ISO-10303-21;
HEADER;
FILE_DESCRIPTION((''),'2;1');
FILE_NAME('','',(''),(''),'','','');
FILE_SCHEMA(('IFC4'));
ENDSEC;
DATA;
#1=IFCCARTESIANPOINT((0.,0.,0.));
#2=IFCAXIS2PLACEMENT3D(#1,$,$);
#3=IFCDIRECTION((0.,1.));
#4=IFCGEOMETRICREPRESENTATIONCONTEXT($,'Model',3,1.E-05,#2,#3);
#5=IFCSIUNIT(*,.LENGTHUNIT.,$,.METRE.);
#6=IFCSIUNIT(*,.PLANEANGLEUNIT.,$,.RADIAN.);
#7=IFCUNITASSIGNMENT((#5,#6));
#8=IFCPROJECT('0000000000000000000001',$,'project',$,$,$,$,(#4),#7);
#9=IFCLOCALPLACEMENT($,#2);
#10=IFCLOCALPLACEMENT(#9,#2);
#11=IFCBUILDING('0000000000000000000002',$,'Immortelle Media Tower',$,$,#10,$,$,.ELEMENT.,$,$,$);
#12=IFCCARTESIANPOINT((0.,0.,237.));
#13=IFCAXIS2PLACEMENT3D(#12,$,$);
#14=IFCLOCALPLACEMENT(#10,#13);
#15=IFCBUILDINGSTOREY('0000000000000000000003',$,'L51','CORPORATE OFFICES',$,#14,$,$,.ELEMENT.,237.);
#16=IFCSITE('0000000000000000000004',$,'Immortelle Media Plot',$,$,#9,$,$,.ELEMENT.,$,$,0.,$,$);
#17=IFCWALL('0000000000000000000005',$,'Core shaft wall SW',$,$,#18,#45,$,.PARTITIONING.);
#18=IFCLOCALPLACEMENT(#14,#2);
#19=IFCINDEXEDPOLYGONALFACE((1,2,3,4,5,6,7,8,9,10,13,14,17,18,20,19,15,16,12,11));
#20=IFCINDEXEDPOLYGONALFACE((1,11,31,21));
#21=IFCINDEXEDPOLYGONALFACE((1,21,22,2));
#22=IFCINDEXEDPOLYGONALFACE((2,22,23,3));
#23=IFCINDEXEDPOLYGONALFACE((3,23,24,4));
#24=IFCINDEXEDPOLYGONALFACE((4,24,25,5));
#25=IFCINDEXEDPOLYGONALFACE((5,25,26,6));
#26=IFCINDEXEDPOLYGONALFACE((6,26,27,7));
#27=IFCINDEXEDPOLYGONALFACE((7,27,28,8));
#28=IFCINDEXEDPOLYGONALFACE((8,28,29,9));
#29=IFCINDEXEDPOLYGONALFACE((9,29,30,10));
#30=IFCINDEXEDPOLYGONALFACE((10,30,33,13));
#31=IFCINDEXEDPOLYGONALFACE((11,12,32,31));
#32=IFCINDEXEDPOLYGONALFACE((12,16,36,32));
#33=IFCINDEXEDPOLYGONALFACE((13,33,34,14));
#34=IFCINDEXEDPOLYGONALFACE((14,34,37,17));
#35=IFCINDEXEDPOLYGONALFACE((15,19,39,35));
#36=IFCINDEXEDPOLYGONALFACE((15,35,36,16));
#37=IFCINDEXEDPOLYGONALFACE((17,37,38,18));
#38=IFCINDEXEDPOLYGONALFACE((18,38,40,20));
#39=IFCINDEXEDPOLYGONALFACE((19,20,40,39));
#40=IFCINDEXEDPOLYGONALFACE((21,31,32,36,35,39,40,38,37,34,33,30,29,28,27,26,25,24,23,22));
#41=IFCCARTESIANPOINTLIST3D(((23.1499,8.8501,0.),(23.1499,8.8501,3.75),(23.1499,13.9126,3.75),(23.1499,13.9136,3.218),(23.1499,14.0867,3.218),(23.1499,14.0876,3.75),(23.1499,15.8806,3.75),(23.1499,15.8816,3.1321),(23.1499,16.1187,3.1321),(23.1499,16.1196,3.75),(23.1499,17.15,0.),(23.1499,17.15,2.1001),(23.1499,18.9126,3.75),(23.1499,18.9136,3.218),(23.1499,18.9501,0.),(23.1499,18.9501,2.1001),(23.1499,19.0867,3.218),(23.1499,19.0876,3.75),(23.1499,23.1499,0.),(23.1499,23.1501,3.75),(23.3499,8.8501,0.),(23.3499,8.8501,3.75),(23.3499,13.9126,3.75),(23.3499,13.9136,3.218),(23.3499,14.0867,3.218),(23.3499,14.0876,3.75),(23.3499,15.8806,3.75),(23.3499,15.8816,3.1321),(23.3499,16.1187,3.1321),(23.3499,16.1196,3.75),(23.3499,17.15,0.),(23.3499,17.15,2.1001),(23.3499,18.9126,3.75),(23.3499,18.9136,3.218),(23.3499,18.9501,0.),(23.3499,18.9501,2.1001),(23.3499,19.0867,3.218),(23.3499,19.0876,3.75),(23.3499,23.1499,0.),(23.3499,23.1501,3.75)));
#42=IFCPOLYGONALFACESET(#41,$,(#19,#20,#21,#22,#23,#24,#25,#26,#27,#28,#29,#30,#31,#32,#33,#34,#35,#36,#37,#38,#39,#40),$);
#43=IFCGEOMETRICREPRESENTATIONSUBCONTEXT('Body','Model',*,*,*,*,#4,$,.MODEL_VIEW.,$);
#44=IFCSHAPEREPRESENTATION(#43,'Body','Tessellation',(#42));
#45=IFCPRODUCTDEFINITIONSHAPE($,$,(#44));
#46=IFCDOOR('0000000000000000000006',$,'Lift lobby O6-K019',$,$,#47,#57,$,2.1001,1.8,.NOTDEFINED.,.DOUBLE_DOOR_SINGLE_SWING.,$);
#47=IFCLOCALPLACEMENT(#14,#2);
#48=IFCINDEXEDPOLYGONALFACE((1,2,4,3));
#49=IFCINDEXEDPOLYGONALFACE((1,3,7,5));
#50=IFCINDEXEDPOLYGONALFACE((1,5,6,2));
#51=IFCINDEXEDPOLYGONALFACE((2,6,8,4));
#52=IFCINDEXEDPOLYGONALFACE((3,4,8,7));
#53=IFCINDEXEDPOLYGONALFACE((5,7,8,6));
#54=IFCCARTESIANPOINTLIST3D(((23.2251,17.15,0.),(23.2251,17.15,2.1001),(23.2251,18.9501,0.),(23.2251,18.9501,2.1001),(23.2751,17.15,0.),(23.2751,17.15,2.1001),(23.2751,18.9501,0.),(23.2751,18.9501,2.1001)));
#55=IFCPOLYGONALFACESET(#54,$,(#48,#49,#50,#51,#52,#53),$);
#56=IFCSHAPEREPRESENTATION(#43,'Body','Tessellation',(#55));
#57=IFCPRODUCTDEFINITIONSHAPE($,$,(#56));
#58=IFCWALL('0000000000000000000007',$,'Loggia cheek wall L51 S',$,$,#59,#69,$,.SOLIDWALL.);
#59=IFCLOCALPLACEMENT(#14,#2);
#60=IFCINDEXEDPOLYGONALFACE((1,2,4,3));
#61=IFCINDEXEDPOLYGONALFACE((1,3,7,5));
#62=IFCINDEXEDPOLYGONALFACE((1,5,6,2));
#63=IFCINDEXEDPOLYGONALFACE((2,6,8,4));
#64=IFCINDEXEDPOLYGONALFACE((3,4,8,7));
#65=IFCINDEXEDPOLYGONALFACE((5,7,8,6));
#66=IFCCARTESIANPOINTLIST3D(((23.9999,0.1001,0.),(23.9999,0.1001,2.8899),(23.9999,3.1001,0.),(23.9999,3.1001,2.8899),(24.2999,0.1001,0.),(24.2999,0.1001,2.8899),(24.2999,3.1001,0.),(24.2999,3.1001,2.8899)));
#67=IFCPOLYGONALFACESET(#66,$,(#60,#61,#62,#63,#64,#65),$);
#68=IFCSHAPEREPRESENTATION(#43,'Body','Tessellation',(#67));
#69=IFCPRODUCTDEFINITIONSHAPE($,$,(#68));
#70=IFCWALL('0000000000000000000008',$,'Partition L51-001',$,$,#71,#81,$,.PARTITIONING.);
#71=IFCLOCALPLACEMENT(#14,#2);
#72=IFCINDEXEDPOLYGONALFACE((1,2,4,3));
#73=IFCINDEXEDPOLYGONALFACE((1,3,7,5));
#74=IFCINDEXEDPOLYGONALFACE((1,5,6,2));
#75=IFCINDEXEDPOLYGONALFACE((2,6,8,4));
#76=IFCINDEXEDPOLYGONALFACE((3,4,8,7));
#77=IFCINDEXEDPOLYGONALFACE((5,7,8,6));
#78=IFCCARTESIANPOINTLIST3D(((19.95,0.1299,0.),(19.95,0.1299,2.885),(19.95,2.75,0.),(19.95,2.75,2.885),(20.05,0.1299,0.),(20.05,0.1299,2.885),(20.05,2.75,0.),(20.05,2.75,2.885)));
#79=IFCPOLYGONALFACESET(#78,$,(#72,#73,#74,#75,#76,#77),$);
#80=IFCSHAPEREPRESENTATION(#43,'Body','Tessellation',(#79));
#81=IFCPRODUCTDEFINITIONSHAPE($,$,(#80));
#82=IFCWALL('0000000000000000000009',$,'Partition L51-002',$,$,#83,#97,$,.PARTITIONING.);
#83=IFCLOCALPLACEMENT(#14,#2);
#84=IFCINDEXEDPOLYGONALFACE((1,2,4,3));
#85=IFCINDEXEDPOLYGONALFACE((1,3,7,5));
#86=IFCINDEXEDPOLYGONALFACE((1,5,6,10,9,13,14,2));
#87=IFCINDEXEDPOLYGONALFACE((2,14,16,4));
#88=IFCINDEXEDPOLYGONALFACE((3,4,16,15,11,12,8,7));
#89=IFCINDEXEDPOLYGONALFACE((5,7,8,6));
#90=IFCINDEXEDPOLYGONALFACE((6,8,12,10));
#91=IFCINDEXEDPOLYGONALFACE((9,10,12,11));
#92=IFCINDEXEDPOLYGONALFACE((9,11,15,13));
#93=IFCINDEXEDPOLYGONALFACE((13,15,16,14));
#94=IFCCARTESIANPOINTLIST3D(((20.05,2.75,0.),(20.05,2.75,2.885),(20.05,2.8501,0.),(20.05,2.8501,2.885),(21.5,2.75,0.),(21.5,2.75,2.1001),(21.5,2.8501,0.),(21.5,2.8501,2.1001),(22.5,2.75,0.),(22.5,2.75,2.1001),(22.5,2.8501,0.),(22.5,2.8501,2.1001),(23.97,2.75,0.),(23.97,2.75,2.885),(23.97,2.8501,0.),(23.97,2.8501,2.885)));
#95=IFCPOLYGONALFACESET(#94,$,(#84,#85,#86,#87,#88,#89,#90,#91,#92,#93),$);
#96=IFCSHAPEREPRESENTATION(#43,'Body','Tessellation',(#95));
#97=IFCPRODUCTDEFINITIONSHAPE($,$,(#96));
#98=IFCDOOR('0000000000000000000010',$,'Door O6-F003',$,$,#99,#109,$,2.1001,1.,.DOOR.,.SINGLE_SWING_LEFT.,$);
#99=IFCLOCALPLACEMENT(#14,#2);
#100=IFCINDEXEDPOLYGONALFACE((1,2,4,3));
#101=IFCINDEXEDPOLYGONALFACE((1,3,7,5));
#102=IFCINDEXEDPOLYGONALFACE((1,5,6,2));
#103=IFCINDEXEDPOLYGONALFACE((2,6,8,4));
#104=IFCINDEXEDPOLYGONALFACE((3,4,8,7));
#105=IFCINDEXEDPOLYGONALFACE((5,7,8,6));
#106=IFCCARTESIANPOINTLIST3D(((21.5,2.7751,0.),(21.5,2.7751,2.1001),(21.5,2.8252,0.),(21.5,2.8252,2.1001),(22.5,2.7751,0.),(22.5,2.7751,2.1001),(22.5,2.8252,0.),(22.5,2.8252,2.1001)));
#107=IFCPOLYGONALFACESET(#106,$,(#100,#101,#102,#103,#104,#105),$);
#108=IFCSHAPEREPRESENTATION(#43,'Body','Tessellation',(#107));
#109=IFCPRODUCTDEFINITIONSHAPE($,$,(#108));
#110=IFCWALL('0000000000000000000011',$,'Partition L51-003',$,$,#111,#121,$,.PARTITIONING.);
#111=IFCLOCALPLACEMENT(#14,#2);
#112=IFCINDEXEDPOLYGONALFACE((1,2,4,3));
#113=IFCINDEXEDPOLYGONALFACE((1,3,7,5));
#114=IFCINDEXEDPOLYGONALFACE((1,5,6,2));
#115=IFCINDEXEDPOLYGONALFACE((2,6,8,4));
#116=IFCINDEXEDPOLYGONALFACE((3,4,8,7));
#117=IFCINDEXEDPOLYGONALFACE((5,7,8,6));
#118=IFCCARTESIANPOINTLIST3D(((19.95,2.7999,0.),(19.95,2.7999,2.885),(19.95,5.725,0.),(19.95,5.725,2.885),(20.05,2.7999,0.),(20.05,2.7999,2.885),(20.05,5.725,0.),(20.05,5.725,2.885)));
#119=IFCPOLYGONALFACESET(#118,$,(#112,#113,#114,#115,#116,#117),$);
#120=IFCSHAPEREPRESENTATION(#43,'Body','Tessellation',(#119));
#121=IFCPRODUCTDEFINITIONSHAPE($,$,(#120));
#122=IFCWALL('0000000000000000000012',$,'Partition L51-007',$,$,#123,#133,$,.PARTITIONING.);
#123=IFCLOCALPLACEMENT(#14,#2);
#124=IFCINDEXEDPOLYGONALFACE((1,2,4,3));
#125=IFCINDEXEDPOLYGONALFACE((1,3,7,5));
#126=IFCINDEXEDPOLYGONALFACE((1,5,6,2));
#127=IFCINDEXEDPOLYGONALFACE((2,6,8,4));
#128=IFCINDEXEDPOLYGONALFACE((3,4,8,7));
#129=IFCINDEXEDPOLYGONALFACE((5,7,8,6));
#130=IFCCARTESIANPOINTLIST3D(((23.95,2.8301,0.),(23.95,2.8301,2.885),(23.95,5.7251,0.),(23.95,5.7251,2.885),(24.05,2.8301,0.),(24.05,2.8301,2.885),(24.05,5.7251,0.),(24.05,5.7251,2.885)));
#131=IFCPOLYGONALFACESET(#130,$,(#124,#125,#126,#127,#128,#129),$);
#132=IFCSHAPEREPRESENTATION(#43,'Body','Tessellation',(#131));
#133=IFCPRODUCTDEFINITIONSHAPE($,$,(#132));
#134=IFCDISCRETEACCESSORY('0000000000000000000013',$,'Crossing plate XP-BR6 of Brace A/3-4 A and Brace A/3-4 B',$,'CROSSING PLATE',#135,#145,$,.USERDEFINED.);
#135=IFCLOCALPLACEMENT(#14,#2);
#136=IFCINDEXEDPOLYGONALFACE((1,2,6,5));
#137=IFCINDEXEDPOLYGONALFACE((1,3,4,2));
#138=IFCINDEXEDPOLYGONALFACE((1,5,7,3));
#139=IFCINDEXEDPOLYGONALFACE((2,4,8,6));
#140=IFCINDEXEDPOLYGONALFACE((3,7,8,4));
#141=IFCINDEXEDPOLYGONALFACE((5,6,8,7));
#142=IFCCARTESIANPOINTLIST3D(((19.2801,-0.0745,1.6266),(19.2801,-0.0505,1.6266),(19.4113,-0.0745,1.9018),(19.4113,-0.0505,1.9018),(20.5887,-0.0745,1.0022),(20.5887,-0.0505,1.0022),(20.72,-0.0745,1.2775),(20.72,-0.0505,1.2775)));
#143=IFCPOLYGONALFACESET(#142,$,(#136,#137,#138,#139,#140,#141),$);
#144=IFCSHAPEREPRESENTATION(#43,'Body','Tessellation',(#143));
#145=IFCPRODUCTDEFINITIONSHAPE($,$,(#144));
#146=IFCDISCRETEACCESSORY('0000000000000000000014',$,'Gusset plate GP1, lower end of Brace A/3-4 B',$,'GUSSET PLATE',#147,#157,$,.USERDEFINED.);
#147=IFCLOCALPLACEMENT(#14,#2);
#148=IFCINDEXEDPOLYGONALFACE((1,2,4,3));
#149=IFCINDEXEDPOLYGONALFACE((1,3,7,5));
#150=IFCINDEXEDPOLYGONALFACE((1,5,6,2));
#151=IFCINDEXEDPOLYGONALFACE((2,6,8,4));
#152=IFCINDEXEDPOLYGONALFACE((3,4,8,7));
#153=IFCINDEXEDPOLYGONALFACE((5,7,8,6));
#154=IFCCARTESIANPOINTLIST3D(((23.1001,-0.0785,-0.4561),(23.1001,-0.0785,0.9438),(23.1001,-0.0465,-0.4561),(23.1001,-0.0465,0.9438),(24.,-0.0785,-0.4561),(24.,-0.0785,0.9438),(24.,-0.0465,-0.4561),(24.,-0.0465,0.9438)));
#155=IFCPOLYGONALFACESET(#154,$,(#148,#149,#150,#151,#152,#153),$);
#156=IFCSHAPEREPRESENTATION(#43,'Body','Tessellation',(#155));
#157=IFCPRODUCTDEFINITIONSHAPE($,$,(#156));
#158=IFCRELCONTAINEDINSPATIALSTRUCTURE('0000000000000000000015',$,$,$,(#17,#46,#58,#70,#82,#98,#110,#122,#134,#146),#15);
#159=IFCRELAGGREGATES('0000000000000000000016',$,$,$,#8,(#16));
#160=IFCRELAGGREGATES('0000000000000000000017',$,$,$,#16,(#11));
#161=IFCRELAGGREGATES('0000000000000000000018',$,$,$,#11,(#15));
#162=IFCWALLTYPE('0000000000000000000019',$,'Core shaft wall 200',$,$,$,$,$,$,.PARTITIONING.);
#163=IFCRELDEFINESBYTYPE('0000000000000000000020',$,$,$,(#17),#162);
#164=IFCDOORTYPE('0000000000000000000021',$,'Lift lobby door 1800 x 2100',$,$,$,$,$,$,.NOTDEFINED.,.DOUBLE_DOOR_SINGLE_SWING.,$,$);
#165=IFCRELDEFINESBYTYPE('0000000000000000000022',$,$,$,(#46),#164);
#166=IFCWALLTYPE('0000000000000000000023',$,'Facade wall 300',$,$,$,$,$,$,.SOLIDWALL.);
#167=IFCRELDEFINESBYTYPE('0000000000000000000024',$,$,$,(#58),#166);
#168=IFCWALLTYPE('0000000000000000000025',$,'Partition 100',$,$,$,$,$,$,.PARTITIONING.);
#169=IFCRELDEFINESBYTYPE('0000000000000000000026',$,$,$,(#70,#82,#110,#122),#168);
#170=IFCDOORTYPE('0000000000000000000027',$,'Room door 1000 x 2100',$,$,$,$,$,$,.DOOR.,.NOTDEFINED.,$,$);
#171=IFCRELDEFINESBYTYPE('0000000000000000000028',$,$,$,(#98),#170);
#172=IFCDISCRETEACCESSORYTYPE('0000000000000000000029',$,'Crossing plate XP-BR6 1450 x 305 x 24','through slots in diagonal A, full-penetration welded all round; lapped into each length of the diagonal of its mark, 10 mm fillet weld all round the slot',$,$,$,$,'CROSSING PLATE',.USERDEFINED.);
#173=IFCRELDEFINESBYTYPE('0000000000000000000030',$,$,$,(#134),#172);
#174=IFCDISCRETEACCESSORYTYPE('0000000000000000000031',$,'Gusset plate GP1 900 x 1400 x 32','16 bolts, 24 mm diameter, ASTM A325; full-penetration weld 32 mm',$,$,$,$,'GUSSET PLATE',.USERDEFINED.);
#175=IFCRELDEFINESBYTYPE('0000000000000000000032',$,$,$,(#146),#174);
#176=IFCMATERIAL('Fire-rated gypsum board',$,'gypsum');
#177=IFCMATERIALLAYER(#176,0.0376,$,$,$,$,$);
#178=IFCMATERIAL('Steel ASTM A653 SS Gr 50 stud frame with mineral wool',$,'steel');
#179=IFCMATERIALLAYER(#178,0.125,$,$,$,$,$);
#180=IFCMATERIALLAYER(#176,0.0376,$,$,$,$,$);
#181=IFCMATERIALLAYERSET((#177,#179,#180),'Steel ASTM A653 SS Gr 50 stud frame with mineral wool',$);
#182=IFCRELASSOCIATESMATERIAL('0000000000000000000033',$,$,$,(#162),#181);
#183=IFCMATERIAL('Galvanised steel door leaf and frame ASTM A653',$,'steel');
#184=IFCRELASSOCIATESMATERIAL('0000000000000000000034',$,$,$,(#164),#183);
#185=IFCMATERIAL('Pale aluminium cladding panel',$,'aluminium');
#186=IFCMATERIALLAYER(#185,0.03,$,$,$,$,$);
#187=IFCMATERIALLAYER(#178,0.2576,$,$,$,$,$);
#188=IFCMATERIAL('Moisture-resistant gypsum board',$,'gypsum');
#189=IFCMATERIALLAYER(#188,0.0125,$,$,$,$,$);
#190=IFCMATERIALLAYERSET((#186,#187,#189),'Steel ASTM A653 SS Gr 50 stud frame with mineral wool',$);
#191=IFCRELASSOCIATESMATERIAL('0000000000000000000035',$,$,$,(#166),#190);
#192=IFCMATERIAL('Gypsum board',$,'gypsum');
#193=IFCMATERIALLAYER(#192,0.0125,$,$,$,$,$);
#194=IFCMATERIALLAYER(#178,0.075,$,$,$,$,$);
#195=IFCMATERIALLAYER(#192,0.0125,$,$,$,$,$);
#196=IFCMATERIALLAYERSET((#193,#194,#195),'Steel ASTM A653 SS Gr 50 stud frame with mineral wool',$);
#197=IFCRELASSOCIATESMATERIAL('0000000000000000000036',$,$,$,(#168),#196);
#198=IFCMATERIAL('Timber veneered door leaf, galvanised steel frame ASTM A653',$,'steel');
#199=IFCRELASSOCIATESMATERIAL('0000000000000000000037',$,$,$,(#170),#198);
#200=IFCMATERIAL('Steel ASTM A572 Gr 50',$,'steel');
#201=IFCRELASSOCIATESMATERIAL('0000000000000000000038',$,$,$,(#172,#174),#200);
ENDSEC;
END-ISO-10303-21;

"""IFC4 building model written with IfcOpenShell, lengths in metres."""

from ifc_helpers import new_model, si_unit, direction, frame, frame_2d, origin, origin_2d, place, context, subcontext, project, spatial, polyline, rectangle, outline, extrude, material, layer, layer_set, material_profile, profile_set, type_object, element, fill, save


model = new_model("IFC4")

# Units and contexts
model_context = context("Model", 3, precision=1e-05, world=origin(), true_north=direction((0.0, 1.0)))
body_context = subcontext(model_context, "Body", "Model", "MODEL_VIEW")
ifc_project = project(units=[si_unit("LENGTHUNIT", "METRE"), si_unit("PLANEANGLEUNIT", "RADIAN")], contexts=[model_context])

# Site, building, storey
site_placement = place(None, origin())
site = spatial("IfcSite", under=ifc_project, at=site_placement, Name="Immortelle Media Plot", CompositionType="ELEMENT", RefElevation=0.0)
building_placement = place(site_placement, origin())
building = spatial("IfcBuilding", under=site, at=building_placement, Name="Immortelle Media Tower", CompositionType="ELEMENT")
storey_placement = place(building_placement, frame((0.0, 0.0, 237.0)))
storey = spatial("IfcBuildingStorey", under=building, at=storey_placement, Name="L51", Description="CORPORATE OFFICES", CompositionType="ELEMENT", Elevation=237.0)

# Shared definitions
ifc_material_1 = material(Name="Fire-rated gypsum board", Category="gypsum")
ifc_layer_1 = layer(ifc_material_1, 0.0376)
ifc_material_2 = material(Name="Steel ASTM A653 SS Gr 50 stud frame with mineral wool", Category="steel")
ifc_layer_2 = layer(ifc_material_2, 0.125)
ifc_layer_3 = layer(ifc_material_1, 0.0376)
ifc_layer_set_1 = layer_set([ifc_layer_1, ifc_layer_2, ifc_layer_3], Name="Steel ASTM A653 SS Gr 50 stud frame with mineral wool")
wall_type_1 = type_object("IfcWallType", Name="Core shaft wall 200", PredefinedType="PARTITIONING", material=ifc_layer_set_1)

# Wall, opening, door
wall_1_placement = place(storey_placement, frame((23.25, 8.8501, 0.0), z_axis=(0.0, 0.0, 1.0), x_axis=(0.0, 1.0, 0.0)))
wall_1 = element("IfcWall", 1, at=wall_1_placement, inside=storey, type_object=wall_type_1, Name="Core shaft wall SW", PredefinedType="PARTITIONING", context=body_context, shape_type="SweptSolid", body=[
    extrude(outline(polyline([(0.0, 0.0), (14.2998, 0.0), (14.3, 3.75), (10.2375, 3.75), (10.2366, 3.218), (10.0635, 3.218), (10.0625, 3.75), (7.2695, 3.75), (7.2686, 3.1321), (7.0315, 3.1321), (7.0305, 3.75), (5.2375, 3.75), (5.2366, 3.218), (5.0635, 3.218), (5.0625, 3.75), (0.0, 3.75), (0.0, 0.0)])), frame((0.0, 0.1001, 0.0), z_axis=(0.0, -1.0, 0.0), x_axis=(1.0, 0.0, 0.0)), (0.0, 0.0, 1.0), 0.2),
])
opening_1_placement = place(wall_1_placement, frame((8.3, 0.0, 0.0)))
opening_1 = element("IfcOpeningElement", 2, at=opening_1_placement, cuts=wall_1, PredefinedType="OPENING", context=body_context, shape_type="SweptSolid", body=[
    extrude(rectangle(XDim=1.8, YDim=2.1001, at=frame_2d((0.8999, 1.05))), frame((0.0, 0.1099, 0.0), z_axis=(0.0, -1.0, 0.0), x_axis=(1.0, 0.0, 0.0)), (0.0, 0.0, 1.0), 0.22),
])
ifc_material_3 = material(Name="Galvanised steel door leaf and frame ASTM A653", Category="steel")
door_type_1 = type_object("IfcDoorType", Name="Lift lobby door 1800 x 2100", OperationType="DOUBLE_DOOR_SINGLE_SWING", PredefinedType="NOTDEFINED", material=ifc_material_3)
door_1_placement = place(opening_1_placement, origin())
door_1 = element("IfcDoor", 3, at=door_1_placement, inside=storey, type_object=door_type_1, Name="Lift lobby O6-K019", OperationType="DOUBLE_DOOR_SINGLE_SWING", OverallHeight=2.1001, OverallWidth=1.8, PredefinedType="NOTDEFINED", context=body_context, shape_type="SweptSolid", body=[
    extrude(rectangle(XDim=1.8, YDim=2.1001, at=frame_2d((0.8999, 1.05))), frame((0.0, 0.0249, 0.0), z_axis=(0.0, -1.0, 0.0), x_axis=(1.0, 0.0, 0.0)), (0.0, 0.0, 1.0), 0.05),
])
fill(opening_1, door_1)

# Shared definitions
ifc_material_4 = material(Name="Pale aluminium cladding panel", Category="aluminium")
ifc_layer_4 = layer(ifc_material_4, 0.03)
ifc_layer_5 = layer(ifc_material_2, 0.2576)
ifc_material_5 = material(Name="Moisture-resistant gypsum board", Category="gypsum")
ifc_layer_6 = layer(ifc_material_5, 0.0125)
ifc_layer_set_2 = layer_set([ifc_layer_4, ifc_layer_5, ifc_layer_6], Name="Steel ASTM A653 SS Gr 50 stud frame with mineral wool")
wall_type_2 = type_object("IfcWallType", Name="Facade wall 300", PredefinedType="SOLIDWALL", material=ifc_layer_set_2)

# Walls
wall_2_placement = place(storey_placement, frame((24.1499, 0.1001, 0.0), z_axis=(0.0, 0.0, 1.0), x_axis=(0.0, 1.0, 0.0)))
element("IfcWall", 4, at=wall_2_placement, inside=storey, type_object=wall_type_2, Name="Loggia cheek wall L51 S", PredefinedType="SOLIDWALL", context=body_context, shape_type="SweptSolid", body=[
    extrude(rectangle(XDim=3.0, YDim=0.3, at=frame_2d((1.5, 0.0))), origin(), (0.0, 0.0, 1.0), 2.8899),
])
ifc_material_6 = material(Name="Gypsum board", Category="gypsum")
ifc_layer_7 = layer(ifc_material_6, 0.0125)
ifc_layer_8 = layer(ifc_material_2, 0.075)
ifc_layer_9 = layer(ifc_material_6, 0.0125)
ifc_layer_set_3 = layer_set([ifc_layer_7, ifc_layer_8, ifc_layer_9], Name="Steel ASTM A653 SS Gr 50 stud frame with mineral wool")
wall_type_3 = type_object("IfcWallType", Name="Partition 100", PredefinedType="PARTITIONING", material=ifc_layer_set_3)
wall_3_placement = place(storey_placement, frame((20.0, 0.1299, 0.0), z_axis=(0.0, 0.0, 1.0), x_axis=(0.0, 1.0, 0.0)))
element("IfcWall", 5, at=wall_3_placement, inside=storey, type_object=wall_type_3, Name="Partition L51-001", PredefinedType="PARTITIONING", context=body_context, shape_type="SweptSolid", body=[
    extrude(rectangle(XDim=2.6201, YDim=0.1001, at=frame_2d((1.3101, 0.0))), origin(), (0.0, 0.0, 1.0), 2.885),
])

# Wall, opening, door
wall_4_placement = place(storey_placement, frame((20.05, 2.8, 0.0), z_axis=(0.0, 0.0, 1.0), x_axis=(1.0, 0.0, 0.0)))
wall_4 = element("IfcWall", 6, at=wall_4_placement, inside=storey, type_object=wall_type_3, Name="Partition L51-002", PredefinedType="PARTITIONING", context=body_context, shape_type="SweptSolid", body=[
    extrude(rectangle(XDim=3.9199, YDim=0.1001, at=frame_2d((1.96, 0.0))), origin(), (0.0, 0.0, 1.0), 2.885),
])
opening_2_placement = place(wall_4_placement, frame((2.45, 0.0, 0.0), z_axis=(0.0, 0.0, 1.0), x_axis=(-1.0, 0.0, 0.0)))
opening_2 = element("IfcOpeningElement", 7, at=opening_2_placement, cuts=wall_4, PredefinedType="OPENING", context=body_context, shape_type="SweptSolid", body=[
    extrude(rectangle(XDim=1.0, YDim=2.1001, at=frame_2d((0.5, 1.05))), frame((0.0, 0.0601, 0.0), z_axis=(0.0, -1.0, 0.0), x_axis=(1.0, 0.0, 0.0)), (0.0, 0.0, 1.0), 0.1201),
])
ifc_material_7 = material(Name="Timber veneered door leaf, galvanised steel frame ASTM A653", Category="steel")
door_type_2 = type_object("IfcDoorType", Name="Room door 1000 x 2100", OperationType="NOTDEFINED", PredefinedType="DOOR", material=ifc_material_7)
door_2_placement = place(opening_2_placement, origin())
door_2 = element("IfcDoor", 8, at=door_2_placement, inside=storey, type_object=door_type_2, Name="Door O6-F003", OperationType="SINGLE_SWING_LEFT", OverallHeight=2.1001, OverallWidth=1.0, PredefinedType="DOOR", context=body_context, shape_type="SweptSolid", body=[
    extrude(rectangle(XDim=1.0, YDim=2.1001, at=frame_2d((0.5, 1.05))), frame((0.0, 0.0249, 0.0), z_axis=(0.0, -1.0, 0.0), x_axis=(1.0, 0.0, 0.0)), (0.0, 0.0, 1.0), 0.05),
])
fill(opening_2, door_2)

# Walls
wall_5_placement = place(storey_placement, frame((20.0, 2.8, 0.0), z_axis=(0.0, 0.0, 1.0), x_axis=(0.0, 1.0, 0.0)))
element("IfcWall", 9, at=wall_5_placement, inside=storey, type_object=wall_type_3, Name="Partition L51-003", PredefinedType="PARTITIONING", context=body_context, shape_type="SweptSolid", body=[
    extrude(rectangle(XDim=2.925, YDim=0.1001, at=frame_2d((1.4624, 0.0))), origin(), (0.0, 0.0, 1.0), 2.885),
])
wall_6_placement = place(storey_placement, frame((24.0, 2.8301, 0.0), z_axis=(0.0, 0.0, 1.0), x_axis=(0.0, 1.0, 0.0)))
element("IfcWall", 10, at=wall_6_placement, inside=storey, type_object=wall_type_3, Name="Partition L51-007", PredefinedType="PARTITIONING", context=body_context, shape_type="SweptSolid", body=[
    extrude(rectangle(XDim=2.895, YDim=0.1001, at=frame_2d((1.4475, 0.0))), origin(), (0.0, 0.0, 1.0), 2.885),
])

# Discrete accessories
ifc_material_8 = material(Name="Steel ASTM A572 Gr 50", Category="steel")
ifc_material_profile_1 = material_profile(ifc_material_8, rectangle(XDim=0.0239, YDim=0.3049, at=origin_2d()), Name="PL 24 x 305")
ifc_profile_set_1 = profile_set([ifc_material_profile_1], Name="Steel ASTM A572 Gr 50")
discrete_accessory_type_1 = type_object("IfcDiscreteAccessoryType", Name="Crossing plate XP-BR6 1450 x 305 x 24", Description="through slots in diagonal A, full-penetration welded all round; lapped into each length of the diagonal of its mark, 10 mm fillet weld all round the slot", ElementType="CROSSING PLATE", PredefinedType="USERDEFINED", material=ifc_profile_set_1)
discrete_accessory_1_placement = place(storey_placement, frame((19.3457, -0.0625, 1.7642), z_axis=(0.902558, 0.0, -0.430567), x_axis=(0.0, 1.0, 0.0)))
element("IfcDiscreteAccessory", 11, at=discrete_accessory_1_placement, inside=storey, type_object=discrete_accessory_type_1, Name="Crossing plate XP-BR6 of Brace A/3-4 A and Brace A/3-4 B", ObjectType="CROSSING PLATE", PredefinedType="USERDEFINED", context=body_context, shape_type="SweptSolid", body=[
    extrude(rectangle(XDim=0.0239, YDim=0.3049, at=origin_2d()), origin(), (0.0, 0.0, 1.0), 1.45),
])
ifc_material_profile_2 = material_profile(ifc_material_8, rectangle(XDim=0.032, YDim=1.3999, at=origin_2d()), Name="PL 32 x 1400")
ifc_profile_set_2 = profile_set([ifc_material_profile_2], Name="Steel ASTM A572 Gr 50")
discrete_accessory_type_2 = type_object("IfcDiscreteAccessoryType", Name="Gusset plate GP1 900 x 1400 x 32", Description="16 bolts, 24 mm diameter, ASTM A325; full-penetration weld 32 mm", ElementType="GUSSET PLATE", PredefinedType="USERDEFINED", material=ifc_profile_set_2)
discrete_accessory_2_placement = place(storey_placement, frame((24.0, -0.0625, 0.2439), z_axis=(-1.0, 0.0, 0.0), x_axis=(0.0, -1.0, 0.0)))
element("IfcDiscreteAccessory", 12, at=discrete_accessory_2_placement, inside=storey, type_object=discrete_accessory_type_2, Name="Gusset plate GP1, lower end of Brace A/3-4 B", ObjectType="GUSSET PLATE", PredefinedType="USERDEFINED", context=body_context, shape_type="SweptSolid", body=[
    extrude(rectangle(XDim=0.032, YDim=1.3999, at=origin_2d()), origin(), (0.0, 0.0, 1.0), 0.8999),
])

save(model, "model.ifc")
